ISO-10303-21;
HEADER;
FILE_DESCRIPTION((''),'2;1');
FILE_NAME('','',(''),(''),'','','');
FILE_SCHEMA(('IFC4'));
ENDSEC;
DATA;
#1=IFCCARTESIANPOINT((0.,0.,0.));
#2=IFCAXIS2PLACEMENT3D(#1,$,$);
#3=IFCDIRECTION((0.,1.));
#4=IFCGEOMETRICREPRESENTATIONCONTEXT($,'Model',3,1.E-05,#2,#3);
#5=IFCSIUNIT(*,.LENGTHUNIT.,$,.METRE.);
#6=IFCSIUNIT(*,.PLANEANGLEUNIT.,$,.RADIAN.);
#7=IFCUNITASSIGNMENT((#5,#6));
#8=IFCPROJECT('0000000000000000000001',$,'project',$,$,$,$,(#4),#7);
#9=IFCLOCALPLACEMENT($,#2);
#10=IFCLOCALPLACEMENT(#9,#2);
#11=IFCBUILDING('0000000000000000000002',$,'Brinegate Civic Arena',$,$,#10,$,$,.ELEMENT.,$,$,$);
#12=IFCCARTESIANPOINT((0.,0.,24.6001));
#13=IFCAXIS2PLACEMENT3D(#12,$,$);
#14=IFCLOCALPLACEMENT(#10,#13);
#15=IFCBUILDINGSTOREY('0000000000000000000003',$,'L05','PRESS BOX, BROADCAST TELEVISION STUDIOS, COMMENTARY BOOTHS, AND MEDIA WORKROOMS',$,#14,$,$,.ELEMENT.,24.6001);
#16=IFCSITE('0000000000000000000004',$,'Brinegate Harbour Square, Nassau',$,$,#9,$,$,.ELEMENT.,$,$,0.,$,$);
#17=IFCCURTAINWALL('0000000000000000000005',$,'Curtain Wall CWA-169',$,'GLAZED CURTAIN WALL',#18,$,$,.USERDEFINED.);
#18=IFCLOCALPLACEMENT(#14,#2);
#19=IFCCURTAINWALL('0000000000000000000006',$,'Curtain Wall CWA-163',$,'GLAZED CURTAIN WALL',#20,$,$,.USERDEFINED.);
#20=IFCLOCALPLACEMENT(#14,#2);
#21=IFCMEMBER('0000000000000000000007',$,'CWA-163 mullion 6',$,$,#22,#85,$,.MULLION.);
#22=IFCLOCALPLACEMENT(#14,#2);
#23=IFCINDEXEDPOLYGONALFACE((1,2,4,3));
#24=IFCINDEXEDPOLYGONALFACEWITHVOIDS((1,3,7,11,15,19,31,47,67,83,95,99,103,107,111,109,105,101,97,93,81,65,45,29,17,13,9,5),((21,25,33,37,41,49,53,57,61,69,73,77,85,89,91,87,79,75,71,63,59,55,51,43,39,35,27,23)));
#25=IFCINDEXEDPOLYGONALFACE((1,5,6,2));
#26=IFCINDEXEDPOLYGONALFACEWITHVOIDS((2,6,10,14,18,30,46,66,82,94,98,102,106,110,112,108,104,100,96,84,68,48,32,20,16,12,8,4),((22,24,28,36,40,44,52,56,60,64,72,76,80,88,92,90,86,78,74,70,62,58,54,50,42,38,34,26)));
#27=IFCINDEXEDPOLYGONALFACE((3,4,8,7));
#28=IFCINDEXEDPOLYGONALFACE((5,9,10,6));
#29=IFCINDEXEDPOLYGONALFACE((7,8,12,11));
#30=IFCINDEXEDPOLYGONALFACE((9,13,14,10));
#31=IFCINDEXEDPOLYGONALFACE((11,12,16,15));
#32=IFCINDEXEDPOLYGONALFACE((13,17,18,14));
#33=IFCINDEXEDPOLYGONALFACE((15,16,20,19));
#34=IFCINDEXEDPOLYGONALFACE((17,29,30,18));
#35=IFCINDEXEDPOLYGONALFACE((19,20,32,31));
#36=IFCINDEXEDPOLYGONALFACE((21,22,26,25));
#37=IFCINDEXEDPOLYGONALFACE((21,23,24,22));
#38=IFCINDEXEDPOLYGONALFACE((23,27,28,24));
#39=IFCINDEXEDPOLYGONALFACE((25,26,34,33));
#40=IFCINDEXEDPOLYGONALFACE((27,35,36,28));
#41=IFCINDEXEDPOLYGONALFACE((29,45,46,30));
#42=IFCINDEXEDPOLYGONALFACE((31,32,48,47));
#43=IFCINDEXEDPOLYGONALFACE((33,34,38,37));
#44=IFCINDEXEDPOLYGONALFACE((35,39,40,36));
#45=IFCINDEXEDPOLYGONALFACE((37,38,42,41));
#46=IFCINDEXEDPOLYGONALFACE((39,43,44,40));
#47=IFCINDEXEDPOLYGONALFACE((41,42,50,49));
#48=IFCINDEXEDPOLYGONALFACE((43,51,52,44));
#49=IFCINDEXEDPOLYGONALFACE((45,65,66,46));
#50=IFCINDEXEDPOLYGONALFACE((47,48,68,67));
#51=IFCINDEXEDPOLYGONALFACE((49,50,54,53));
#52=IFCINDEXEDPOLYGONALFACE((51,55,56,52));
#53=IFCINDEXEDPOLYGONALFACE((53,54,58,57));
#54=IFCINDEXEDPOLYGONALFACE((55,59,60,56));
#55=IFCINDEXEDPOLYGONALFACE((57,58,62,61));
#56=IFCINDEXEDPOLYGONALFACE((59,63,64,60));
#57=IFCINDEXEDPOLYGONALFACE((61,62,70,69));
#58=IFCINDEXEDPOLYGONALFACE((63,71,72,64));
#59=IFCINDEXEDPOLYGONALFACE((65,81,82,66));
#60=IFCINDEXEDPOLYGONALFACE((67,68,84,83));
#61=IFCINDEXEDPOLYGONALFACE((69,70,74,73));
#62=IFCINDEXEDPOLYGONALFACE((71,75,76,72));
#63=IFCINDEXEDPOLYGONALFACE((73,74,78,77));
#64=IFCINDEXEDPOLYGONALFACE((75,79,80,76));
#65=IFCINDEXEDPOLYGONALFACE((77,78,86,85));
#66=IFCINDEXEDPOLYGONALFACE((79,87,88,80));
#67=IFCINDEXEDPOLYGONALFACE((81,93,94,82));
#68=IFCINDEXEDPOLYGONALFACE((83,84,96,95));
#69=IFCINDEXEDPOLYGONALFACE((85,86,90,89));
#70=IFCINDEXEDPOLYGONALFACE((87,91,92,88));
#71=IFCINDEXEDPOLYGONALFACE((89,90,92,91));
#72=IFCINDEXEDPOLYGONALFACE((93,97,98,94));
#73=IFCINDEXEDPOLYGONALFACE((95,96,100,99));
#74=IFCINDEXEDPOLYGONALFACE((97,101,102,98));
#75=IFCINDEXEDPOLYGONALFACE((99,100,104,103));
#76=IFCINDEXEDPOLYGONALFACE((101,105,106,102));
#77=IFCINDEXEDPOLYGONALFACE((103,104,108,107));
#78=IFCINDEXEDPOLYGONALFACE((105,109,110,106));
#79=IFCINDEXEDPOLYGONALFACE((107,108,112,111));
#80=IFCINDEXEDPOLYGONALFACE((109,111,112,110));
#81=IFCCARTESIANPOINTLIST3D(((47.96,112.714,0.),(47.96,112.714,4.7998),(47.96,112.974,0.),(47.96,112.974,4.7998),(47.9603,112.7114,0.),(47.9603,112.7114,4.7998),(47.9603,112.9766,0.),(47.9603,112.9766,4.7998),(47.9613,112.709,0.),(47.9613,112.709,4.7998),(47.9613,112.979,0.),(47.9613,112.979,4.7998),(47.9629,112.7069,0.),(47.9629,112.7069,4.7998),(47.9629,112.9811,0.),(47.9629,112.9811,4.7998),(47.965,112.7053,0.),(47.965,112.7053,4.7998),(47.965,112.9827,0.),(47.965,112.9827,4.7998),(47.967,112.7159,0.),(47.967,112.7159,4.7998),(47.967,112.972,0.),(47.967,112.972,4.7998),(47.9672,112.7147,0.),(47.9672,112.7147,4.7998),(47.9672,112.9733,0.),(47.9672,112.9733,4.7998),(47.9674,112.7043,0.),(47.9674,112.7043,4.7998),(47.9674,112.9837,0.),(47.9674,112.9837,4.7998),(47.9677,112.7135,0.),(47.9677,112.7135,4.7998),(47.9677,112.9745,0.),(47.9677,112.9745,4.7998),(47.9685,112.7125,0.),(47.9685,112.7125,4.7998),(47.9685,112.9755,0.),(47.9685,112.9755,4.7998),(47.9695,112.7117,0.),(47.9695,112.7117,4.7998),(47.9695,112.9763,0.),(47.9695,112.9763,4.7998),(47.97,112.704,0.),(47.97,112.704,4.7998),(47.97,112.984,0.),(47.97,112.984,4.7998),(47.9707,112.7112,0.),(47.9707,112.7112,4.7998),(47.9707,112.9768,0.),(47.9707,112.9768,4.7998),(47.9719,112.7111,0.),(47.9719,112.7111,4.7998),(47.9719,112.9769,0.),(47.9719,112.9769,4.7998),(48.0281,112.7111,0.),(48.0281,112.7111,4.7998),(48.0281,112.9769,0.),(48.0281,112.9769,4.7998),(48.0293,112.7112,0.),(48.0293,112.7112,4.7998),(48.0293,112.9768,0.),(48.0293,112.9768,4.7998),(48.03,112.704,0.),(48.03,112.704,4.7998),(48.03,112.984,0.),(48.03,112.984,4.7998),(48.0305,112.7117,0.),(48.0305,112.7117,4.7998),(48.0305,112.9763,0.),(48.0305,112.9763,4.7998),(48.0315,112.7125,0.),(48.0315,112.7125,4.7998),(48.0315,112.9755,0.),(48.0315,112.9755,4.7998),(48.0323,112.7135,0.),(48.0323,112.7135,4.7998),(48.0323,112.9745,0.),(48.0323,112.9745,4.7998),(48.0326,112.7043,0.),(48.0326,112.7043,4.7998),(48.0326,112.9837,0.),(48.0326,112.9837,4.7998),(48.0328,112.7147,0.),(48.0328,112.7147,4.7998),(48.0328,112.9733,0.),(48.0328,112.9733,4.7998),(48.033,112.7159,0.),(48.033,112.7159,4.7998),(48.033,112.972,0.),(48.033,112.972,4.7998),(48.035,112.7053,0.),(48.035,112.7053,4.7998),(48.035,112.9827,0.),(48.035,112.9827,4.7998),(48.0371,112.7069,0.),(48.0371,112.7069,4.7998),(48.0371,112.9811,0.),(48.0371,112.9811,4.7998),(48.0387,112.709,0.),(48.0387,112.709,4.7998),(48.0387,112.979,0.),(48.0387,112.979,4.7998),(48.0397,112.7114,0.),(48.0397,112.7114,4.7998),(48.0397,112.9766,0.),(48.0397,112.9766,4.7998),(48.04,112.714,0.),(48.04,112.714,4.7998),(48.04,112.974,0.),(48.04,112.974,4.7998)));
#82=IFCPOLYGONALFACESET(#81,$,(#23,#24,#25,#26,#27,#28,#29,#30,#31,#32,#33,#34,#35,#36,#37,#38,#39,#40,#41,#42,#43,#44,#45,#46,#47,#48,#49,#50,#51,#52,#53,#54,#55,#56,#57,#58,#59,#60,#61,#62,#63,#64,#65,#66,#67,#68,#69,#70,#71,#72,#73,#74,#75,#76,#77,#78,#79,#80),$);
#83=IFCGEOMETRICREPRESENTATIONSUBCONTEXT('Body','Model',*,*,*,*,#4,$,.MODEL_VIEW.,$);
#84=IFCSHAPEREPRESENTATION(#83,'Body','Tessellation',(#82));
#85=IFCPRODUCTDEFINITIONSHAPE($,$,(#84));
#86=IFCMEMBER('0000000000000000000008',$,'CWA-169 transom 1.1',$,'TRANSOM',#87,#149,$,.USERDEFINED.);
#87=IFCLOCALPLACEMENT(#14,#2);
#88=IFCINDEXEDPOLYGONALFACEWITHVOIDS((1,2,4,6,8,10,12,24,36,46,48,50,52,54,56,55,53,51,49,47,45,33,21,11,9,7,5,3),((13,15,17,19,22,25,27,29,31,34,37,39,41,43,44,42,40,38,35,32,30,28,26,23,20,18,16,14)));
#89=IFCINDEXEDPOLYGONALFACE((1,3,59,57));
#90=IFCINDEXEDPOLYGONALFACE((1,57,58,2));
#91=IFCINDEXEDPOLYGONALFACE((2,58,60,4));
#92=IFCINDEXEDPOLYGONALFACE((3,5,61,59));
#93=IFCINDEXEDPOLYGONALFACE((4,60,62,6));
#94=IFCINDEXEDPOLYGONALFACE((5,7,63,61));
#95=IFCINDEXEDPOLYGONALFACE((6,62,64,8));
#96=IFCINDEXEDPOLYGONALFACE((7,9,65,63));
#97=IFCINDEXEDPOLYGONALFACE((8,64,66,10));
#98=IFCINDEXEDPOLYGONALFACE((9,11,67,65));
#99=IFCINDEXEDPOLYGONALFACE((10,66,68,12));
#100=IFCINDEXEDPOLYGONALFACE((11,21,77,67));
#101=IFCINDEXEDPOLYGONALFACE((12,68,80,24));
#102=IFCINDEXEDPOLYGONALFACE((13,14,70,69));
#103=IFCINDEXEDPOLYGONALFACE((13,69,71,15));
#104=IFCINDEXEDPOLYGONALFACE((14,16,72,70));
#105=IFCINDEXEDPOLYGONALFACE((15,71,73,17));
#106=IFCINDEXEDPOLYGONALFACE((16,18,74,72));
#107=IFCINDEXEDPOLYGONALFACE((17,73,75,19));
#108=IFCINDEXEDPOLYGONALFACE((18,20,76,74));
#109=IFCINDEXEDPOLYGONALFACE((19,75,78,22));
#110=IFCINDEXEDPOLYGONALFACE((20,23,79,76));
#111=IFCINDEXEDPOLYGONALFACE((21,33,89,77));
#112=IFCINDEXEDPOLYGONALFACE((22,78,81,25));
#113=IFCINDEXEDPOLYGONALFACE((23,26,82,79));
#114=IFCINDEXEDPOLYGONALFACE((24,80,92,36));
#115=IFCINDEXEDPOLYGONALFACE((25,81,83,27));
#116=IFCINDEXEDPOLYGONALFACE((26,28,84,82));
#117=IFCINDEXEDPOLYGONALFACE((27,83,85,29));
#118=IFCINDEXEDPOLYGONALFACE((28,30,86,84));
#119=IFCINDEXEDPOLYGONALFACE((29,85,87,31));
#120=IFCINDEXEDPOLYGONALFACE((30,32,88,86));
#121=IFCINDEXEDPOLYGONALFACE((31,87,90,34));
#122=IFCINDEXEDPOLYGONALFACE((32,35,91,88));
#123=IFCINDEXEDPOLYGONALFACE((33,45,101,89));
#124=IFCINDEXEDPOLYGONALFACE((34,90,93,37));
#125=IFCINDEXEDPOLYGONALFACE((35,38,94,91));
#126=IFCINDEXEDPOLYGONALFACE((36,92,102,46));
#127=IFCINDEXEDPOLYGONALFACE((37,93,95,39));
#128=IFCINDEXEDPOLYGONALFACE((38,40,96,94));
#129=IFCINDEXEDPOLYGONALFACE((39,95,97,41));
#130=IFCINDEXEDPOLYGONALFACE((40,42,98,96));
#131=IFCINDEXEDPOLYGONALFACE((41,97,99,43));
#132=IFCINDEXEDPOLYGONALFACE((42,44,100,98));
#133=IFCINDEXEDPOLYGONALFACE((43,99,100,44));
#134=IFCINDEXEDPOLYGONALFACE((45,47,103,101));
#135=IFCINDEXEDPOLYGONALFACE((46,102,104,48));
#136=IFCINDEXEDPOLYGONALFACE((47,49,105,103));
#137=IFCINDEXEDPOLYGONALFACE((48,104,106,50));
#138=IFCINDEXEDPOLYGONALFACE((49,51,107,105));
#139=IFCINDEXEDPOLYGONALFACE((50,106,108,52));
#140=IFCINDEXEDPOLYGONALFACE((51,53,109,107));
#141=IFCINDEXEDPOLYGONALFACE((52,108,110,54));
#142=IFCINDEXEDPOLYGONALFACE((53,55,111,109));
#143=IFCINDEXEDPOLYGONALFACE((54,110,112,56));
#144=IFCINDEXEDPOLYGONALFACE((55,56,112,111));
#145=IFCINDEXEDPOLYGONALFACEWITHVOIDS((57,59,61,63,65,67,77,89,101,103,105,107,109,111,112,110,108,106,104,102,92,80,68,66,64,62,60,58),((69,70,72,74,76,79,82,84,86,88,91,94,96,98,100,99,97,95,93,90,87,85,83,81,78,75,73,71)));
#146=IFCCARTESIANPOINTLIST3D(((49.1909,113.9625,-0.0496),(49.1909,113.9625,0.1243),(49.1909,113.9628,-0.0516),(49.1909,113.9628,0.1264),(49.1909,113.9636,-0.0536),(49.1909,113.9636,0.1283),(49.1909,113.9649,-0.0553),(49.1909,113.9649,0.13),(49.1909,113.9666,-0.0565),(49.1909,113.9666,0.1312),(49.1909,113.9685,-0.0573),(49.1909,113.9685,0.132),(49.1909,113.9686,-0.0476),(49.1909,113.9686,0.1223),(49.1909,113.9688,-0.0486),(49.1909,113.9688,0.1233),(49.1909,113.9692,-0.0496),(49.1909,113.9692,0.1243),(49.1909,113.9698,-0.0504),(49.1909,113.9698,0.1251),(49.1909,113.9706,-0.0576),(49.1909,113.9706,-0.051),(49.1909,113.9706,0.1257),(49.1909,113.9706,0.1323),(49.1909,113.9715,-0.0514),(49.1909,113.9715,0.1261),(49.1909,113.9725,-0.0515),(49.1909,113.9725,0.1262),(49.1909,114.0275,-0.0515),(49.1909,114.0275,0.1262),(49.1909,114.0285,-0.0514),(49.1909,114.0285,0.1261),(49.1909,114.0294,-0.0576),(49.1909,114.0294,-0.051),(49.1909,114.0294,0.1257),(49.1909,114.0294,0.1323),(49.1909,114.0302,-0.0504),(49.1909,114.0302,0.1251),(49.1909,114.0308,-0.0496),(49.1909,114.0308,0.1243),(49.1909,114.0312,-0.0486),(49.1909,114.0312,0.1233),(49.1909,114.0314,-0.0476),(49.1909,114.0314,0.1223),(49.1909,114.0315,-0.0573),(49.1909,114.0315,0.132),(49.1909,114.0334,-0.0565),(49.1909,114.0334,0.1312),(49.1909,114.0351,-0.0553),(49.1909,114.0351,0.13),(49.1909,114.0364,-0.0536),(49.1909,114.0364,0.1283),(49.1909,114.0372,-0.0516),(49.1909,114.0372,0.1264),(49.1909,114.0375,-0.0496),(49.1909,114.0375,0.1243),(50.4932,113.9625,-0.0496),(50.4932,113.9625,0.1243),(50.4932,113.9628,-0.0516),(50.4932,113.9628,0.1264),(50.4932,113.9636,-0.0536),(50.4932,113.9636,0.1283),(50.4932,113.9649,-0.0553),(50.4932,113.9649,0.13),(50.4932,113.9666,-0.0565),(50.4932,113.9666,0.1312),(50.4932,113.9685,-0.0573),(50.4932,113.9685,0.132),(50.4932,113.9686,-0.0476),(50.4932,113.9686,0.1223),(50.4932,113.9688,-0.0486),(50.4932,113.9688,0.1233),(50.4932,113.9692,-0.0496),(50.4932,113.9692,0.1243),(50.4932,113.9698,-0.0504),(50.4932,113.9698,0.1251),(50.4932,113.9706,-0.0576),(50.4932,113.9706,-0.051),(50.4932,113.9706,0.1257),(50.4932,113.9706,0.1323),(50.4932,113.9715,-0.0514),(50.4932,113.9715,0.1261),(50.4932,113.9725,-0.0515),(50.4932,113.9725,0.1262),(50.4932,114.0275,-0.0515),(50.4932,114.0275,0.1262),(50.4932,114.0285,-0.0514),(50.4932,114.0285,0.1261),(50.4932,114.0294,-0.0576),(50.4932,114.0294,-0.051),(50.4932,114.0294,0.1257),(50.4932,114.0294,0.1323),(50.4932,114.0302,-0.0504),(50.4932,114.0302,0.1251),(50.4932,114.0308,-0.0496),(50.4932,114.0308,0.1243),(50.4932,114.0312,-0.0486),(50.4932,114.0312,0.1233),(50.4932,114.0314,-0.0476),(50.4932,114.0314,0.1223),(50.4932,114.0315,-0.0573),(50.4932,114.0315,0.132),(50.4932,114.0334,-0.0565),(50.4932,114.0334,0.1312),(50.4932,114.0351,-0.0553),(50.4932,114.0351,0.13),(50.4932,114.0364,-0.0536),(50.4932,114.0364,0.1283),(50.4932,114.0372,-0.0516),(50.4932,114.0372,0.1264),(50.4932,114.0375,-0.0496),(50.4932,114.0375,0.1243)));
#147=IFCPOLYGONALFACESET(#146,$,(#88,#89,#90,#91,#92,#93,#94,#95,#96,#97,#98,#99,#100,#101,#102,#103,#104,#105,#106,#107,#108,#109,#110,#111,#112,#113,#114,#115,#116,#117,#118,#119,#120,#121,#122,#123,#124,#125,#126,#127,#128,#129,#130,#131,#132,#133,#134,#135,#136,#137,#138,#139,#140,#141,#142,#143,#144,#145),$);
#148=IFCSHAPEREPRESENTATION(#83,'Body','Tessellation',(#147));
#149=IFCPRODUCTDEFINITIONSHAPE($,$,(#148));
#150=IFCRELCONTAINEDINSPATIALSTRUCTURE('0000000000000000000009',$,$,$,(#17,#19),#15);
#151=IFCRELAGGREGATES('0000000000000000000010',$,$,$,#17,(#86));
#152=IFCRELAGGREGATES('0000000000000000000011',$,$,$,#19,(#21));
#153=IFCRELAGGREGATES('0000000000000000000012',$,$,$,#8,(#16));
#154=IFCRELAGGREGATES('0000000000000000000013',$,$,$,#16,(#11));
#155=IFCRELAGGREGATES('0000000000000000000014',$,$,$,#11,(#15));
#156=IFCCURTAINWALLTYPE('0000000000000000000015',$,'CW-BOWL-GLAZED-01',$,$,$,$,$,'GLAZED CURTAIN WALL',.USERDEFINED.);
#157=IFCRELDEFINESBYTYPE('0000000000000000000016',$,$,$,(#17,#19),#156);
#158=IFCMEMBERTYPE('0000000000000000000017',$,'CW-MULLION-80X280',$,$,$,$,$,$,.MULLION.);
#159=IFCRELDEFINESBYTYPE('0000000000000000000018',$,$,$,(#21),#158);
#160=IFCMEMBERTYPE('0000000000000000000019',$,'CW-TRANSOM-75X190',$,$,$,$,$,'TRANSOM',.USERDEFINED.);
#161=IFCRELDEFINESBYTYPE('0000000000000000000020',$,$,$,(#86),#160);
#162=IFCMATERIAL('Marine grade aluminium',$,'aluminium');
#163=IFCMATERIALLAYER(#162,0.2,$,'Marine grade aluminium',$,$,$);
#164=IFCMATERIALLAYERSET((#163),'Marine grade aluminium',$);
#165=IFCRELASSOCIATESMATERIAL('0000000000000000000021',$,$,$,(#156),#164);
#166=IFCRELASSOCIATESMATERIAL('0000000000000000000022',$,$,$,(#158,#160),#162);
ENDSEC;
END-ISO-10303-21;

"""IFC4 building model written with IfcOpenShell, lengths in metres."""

from ifc_helpers import new_model, si_unit, direction, frame, origin, origin_2d, place, context, subcontext, project, spatial, hollow_rectangle, extrude, material, layer, layer_set, material_profile, profile_set, type_object, element, aggregate, save


model = new_model("IFC4")

# Units and contexts
model_context = context("Model", 3, precision=1e-05, world=origin(), true_north=direction((0.0, 1.0)))
body_context = subcontext(model_context, "Body", "Model", "MODEL_VIEW")
ifc_project = project(units=[si_unit("LENGTHUNIT", "METRE"), si_unit("PLANEANGLEUNIT", "RADIAN")], contexts=[model_context])

# Site, building, storey
site_placement = place(None, origin())
site = spatial("IfcSite", under=ifc_project, at=site_placement, Name="Brinegate Harbour Square, Nassau", CompositionType="ELEMENT", RefElevation=0.0)
building_placement = place(site_placement, origin())
building = spatial("IfcBuilding", under=site, at=building_placement, Name="Brinegate Civic Arena", CompositionType="ELEMENT")
storey_placement = place(building_placement, frame((0.0, 0.0, 24.6001)))
storey = spatial("IfcBuildingStorey", under=building, at=storey_placement, Name="L05", Description="PRESS BOX, BROADCAST TELEVISION STUDIOS, COMMENTARY BOOTHS, AND MEDIA WORKROOMS", CompositionType="ELEMENT", Elevation=24.6001)

# Curtain wall
ifc_material_1 = material(Name="Marine grade aluminium", Category="aluminium")
ifc_layer_1 = layer(ifc_material_1, 0.2, Name="Marine grade aluminium")
ifc_layer_set_1 = layer_set([ifc_layer_1], Name="Marine grade aluminium")
curtain_wall_type = type_object("IfcCurtainWallType", Name="CW-BOWL-GLAZED-01", ElementType="GLAZED CURTAIN WALL", PredefinedType="USERDEFINED", material=ifc_layer_set_1)
curtain_wall_1_placement = place(storey_placement, origin())
curtain_wall_1 = element("IfcCurtainWall", 1, at=curtain_wall_1_placement, inside=storey, type_object=curtain_wall_type, Name="Curtain Wall CWA-169", ObjectType="GLAZED CURTAIN WALL", PredefinedType="USERDEFINED")

# Curtain wall, member
curtain_wall_2_placement = place(storey_placement, origin())
curtain_wall_2 = element("IfcCurtainWall", 2, at=curtain_wall_2_placement, inside=storey, type_object=curtain_wall_type, Name="Curtain Wall CWA-163", ObjectType="GLAZED CURTAIN WALL", PredefinedType="USERDEFINED")
ifc_material_profile_1 = material_profile(ifc_material_1, hollow_rectangle(XDim=0.0801, YDim=0.28, WallThickness=0.0071, InnerFilletRadius=0.0049, OuterFilletRadius=0.01, at=origin_2d()), Name="MUL80X280")
ifc_profile_set_1 = profile_set([ifc_material_profile_1], Name="Marine grade aluminium")
member_type_1 = type_object("IfcMemberType", Name="CW-MULLION-80X280", PredefinedType="MULLION", material=ifc_profile_set_1)
member_1_placement = place(storey_placement, frame((48.0, 112.844, 0.0), z_axis=(0.0, 0.0, 1.0), x_axis=(-1.0, 0.0, 0.0)))
member_1 = element("IfcMember", 3, at=member_1_placement, type_object=member_type_1, Name="CWA-163 mullion 6", PredefinedType="MULLION", context=body_context, shape_type="SweptSolid", body=[
    extrude(hollow_rectangle(XDim=0.0801, YDim=0.28, WallThickness=0.0071, InnerFilletRadius=0.0049, OuterFilletRadius=0.01, at=origin_2d()), origin(), (0.0, 0.0, 1.0), 4.7998),
])

# Member
ifc_material_profile_2 = material_profile(ifc_material_1, hollow_rectangle(XDim=0.075, YDim=0.1899, WallThickness=0.0061, InnerFilletRadius=0.0039, OuterFilletRadius=0.0081, at=origin_2d()), Name="TRN75X190")
ifc_profile_set_2 = profile_set([ifc_material_profile_2], Name="Marine grade aluminium")
member_type_2 = type_object("IfcMemberType", Name="CW-TRANSOM-75X190", ElementType="TRANSOM", PredefinedType="USERDEFINED", material=ifc_profile_set_2)
member_2_placement = place(storey_placement, frame((49.1909, 114.0, 0.0374), z_axis=(1.0, 0.0, 0.0), x_axis=(0.0, 1.0, 0.0)))
member_2 = element("IfcMember", 4, at=member_2_placement, type_object=member_type_2, Name="CWA-169 transom 1.1", ObjectType="TRANSOM", PredefinedType="USERDEFINED", context=body_context, shape_type="SweptSolid", body=[
    extrude(hollow_rectangle(XDim=0.075, YDim=0.1899, WallThickness=0.0061, InnerFilletRadius=0.0039, OuterFilletRadius=0.0081, at=origin_2d()), origin(), (0.0, 0.0, 1.0), 1.3022),
])

aggregate(curtain_wall_1, [member_2])
aggregate(curtain_wall_2, [member_1])

save(model, "model.ifc")
